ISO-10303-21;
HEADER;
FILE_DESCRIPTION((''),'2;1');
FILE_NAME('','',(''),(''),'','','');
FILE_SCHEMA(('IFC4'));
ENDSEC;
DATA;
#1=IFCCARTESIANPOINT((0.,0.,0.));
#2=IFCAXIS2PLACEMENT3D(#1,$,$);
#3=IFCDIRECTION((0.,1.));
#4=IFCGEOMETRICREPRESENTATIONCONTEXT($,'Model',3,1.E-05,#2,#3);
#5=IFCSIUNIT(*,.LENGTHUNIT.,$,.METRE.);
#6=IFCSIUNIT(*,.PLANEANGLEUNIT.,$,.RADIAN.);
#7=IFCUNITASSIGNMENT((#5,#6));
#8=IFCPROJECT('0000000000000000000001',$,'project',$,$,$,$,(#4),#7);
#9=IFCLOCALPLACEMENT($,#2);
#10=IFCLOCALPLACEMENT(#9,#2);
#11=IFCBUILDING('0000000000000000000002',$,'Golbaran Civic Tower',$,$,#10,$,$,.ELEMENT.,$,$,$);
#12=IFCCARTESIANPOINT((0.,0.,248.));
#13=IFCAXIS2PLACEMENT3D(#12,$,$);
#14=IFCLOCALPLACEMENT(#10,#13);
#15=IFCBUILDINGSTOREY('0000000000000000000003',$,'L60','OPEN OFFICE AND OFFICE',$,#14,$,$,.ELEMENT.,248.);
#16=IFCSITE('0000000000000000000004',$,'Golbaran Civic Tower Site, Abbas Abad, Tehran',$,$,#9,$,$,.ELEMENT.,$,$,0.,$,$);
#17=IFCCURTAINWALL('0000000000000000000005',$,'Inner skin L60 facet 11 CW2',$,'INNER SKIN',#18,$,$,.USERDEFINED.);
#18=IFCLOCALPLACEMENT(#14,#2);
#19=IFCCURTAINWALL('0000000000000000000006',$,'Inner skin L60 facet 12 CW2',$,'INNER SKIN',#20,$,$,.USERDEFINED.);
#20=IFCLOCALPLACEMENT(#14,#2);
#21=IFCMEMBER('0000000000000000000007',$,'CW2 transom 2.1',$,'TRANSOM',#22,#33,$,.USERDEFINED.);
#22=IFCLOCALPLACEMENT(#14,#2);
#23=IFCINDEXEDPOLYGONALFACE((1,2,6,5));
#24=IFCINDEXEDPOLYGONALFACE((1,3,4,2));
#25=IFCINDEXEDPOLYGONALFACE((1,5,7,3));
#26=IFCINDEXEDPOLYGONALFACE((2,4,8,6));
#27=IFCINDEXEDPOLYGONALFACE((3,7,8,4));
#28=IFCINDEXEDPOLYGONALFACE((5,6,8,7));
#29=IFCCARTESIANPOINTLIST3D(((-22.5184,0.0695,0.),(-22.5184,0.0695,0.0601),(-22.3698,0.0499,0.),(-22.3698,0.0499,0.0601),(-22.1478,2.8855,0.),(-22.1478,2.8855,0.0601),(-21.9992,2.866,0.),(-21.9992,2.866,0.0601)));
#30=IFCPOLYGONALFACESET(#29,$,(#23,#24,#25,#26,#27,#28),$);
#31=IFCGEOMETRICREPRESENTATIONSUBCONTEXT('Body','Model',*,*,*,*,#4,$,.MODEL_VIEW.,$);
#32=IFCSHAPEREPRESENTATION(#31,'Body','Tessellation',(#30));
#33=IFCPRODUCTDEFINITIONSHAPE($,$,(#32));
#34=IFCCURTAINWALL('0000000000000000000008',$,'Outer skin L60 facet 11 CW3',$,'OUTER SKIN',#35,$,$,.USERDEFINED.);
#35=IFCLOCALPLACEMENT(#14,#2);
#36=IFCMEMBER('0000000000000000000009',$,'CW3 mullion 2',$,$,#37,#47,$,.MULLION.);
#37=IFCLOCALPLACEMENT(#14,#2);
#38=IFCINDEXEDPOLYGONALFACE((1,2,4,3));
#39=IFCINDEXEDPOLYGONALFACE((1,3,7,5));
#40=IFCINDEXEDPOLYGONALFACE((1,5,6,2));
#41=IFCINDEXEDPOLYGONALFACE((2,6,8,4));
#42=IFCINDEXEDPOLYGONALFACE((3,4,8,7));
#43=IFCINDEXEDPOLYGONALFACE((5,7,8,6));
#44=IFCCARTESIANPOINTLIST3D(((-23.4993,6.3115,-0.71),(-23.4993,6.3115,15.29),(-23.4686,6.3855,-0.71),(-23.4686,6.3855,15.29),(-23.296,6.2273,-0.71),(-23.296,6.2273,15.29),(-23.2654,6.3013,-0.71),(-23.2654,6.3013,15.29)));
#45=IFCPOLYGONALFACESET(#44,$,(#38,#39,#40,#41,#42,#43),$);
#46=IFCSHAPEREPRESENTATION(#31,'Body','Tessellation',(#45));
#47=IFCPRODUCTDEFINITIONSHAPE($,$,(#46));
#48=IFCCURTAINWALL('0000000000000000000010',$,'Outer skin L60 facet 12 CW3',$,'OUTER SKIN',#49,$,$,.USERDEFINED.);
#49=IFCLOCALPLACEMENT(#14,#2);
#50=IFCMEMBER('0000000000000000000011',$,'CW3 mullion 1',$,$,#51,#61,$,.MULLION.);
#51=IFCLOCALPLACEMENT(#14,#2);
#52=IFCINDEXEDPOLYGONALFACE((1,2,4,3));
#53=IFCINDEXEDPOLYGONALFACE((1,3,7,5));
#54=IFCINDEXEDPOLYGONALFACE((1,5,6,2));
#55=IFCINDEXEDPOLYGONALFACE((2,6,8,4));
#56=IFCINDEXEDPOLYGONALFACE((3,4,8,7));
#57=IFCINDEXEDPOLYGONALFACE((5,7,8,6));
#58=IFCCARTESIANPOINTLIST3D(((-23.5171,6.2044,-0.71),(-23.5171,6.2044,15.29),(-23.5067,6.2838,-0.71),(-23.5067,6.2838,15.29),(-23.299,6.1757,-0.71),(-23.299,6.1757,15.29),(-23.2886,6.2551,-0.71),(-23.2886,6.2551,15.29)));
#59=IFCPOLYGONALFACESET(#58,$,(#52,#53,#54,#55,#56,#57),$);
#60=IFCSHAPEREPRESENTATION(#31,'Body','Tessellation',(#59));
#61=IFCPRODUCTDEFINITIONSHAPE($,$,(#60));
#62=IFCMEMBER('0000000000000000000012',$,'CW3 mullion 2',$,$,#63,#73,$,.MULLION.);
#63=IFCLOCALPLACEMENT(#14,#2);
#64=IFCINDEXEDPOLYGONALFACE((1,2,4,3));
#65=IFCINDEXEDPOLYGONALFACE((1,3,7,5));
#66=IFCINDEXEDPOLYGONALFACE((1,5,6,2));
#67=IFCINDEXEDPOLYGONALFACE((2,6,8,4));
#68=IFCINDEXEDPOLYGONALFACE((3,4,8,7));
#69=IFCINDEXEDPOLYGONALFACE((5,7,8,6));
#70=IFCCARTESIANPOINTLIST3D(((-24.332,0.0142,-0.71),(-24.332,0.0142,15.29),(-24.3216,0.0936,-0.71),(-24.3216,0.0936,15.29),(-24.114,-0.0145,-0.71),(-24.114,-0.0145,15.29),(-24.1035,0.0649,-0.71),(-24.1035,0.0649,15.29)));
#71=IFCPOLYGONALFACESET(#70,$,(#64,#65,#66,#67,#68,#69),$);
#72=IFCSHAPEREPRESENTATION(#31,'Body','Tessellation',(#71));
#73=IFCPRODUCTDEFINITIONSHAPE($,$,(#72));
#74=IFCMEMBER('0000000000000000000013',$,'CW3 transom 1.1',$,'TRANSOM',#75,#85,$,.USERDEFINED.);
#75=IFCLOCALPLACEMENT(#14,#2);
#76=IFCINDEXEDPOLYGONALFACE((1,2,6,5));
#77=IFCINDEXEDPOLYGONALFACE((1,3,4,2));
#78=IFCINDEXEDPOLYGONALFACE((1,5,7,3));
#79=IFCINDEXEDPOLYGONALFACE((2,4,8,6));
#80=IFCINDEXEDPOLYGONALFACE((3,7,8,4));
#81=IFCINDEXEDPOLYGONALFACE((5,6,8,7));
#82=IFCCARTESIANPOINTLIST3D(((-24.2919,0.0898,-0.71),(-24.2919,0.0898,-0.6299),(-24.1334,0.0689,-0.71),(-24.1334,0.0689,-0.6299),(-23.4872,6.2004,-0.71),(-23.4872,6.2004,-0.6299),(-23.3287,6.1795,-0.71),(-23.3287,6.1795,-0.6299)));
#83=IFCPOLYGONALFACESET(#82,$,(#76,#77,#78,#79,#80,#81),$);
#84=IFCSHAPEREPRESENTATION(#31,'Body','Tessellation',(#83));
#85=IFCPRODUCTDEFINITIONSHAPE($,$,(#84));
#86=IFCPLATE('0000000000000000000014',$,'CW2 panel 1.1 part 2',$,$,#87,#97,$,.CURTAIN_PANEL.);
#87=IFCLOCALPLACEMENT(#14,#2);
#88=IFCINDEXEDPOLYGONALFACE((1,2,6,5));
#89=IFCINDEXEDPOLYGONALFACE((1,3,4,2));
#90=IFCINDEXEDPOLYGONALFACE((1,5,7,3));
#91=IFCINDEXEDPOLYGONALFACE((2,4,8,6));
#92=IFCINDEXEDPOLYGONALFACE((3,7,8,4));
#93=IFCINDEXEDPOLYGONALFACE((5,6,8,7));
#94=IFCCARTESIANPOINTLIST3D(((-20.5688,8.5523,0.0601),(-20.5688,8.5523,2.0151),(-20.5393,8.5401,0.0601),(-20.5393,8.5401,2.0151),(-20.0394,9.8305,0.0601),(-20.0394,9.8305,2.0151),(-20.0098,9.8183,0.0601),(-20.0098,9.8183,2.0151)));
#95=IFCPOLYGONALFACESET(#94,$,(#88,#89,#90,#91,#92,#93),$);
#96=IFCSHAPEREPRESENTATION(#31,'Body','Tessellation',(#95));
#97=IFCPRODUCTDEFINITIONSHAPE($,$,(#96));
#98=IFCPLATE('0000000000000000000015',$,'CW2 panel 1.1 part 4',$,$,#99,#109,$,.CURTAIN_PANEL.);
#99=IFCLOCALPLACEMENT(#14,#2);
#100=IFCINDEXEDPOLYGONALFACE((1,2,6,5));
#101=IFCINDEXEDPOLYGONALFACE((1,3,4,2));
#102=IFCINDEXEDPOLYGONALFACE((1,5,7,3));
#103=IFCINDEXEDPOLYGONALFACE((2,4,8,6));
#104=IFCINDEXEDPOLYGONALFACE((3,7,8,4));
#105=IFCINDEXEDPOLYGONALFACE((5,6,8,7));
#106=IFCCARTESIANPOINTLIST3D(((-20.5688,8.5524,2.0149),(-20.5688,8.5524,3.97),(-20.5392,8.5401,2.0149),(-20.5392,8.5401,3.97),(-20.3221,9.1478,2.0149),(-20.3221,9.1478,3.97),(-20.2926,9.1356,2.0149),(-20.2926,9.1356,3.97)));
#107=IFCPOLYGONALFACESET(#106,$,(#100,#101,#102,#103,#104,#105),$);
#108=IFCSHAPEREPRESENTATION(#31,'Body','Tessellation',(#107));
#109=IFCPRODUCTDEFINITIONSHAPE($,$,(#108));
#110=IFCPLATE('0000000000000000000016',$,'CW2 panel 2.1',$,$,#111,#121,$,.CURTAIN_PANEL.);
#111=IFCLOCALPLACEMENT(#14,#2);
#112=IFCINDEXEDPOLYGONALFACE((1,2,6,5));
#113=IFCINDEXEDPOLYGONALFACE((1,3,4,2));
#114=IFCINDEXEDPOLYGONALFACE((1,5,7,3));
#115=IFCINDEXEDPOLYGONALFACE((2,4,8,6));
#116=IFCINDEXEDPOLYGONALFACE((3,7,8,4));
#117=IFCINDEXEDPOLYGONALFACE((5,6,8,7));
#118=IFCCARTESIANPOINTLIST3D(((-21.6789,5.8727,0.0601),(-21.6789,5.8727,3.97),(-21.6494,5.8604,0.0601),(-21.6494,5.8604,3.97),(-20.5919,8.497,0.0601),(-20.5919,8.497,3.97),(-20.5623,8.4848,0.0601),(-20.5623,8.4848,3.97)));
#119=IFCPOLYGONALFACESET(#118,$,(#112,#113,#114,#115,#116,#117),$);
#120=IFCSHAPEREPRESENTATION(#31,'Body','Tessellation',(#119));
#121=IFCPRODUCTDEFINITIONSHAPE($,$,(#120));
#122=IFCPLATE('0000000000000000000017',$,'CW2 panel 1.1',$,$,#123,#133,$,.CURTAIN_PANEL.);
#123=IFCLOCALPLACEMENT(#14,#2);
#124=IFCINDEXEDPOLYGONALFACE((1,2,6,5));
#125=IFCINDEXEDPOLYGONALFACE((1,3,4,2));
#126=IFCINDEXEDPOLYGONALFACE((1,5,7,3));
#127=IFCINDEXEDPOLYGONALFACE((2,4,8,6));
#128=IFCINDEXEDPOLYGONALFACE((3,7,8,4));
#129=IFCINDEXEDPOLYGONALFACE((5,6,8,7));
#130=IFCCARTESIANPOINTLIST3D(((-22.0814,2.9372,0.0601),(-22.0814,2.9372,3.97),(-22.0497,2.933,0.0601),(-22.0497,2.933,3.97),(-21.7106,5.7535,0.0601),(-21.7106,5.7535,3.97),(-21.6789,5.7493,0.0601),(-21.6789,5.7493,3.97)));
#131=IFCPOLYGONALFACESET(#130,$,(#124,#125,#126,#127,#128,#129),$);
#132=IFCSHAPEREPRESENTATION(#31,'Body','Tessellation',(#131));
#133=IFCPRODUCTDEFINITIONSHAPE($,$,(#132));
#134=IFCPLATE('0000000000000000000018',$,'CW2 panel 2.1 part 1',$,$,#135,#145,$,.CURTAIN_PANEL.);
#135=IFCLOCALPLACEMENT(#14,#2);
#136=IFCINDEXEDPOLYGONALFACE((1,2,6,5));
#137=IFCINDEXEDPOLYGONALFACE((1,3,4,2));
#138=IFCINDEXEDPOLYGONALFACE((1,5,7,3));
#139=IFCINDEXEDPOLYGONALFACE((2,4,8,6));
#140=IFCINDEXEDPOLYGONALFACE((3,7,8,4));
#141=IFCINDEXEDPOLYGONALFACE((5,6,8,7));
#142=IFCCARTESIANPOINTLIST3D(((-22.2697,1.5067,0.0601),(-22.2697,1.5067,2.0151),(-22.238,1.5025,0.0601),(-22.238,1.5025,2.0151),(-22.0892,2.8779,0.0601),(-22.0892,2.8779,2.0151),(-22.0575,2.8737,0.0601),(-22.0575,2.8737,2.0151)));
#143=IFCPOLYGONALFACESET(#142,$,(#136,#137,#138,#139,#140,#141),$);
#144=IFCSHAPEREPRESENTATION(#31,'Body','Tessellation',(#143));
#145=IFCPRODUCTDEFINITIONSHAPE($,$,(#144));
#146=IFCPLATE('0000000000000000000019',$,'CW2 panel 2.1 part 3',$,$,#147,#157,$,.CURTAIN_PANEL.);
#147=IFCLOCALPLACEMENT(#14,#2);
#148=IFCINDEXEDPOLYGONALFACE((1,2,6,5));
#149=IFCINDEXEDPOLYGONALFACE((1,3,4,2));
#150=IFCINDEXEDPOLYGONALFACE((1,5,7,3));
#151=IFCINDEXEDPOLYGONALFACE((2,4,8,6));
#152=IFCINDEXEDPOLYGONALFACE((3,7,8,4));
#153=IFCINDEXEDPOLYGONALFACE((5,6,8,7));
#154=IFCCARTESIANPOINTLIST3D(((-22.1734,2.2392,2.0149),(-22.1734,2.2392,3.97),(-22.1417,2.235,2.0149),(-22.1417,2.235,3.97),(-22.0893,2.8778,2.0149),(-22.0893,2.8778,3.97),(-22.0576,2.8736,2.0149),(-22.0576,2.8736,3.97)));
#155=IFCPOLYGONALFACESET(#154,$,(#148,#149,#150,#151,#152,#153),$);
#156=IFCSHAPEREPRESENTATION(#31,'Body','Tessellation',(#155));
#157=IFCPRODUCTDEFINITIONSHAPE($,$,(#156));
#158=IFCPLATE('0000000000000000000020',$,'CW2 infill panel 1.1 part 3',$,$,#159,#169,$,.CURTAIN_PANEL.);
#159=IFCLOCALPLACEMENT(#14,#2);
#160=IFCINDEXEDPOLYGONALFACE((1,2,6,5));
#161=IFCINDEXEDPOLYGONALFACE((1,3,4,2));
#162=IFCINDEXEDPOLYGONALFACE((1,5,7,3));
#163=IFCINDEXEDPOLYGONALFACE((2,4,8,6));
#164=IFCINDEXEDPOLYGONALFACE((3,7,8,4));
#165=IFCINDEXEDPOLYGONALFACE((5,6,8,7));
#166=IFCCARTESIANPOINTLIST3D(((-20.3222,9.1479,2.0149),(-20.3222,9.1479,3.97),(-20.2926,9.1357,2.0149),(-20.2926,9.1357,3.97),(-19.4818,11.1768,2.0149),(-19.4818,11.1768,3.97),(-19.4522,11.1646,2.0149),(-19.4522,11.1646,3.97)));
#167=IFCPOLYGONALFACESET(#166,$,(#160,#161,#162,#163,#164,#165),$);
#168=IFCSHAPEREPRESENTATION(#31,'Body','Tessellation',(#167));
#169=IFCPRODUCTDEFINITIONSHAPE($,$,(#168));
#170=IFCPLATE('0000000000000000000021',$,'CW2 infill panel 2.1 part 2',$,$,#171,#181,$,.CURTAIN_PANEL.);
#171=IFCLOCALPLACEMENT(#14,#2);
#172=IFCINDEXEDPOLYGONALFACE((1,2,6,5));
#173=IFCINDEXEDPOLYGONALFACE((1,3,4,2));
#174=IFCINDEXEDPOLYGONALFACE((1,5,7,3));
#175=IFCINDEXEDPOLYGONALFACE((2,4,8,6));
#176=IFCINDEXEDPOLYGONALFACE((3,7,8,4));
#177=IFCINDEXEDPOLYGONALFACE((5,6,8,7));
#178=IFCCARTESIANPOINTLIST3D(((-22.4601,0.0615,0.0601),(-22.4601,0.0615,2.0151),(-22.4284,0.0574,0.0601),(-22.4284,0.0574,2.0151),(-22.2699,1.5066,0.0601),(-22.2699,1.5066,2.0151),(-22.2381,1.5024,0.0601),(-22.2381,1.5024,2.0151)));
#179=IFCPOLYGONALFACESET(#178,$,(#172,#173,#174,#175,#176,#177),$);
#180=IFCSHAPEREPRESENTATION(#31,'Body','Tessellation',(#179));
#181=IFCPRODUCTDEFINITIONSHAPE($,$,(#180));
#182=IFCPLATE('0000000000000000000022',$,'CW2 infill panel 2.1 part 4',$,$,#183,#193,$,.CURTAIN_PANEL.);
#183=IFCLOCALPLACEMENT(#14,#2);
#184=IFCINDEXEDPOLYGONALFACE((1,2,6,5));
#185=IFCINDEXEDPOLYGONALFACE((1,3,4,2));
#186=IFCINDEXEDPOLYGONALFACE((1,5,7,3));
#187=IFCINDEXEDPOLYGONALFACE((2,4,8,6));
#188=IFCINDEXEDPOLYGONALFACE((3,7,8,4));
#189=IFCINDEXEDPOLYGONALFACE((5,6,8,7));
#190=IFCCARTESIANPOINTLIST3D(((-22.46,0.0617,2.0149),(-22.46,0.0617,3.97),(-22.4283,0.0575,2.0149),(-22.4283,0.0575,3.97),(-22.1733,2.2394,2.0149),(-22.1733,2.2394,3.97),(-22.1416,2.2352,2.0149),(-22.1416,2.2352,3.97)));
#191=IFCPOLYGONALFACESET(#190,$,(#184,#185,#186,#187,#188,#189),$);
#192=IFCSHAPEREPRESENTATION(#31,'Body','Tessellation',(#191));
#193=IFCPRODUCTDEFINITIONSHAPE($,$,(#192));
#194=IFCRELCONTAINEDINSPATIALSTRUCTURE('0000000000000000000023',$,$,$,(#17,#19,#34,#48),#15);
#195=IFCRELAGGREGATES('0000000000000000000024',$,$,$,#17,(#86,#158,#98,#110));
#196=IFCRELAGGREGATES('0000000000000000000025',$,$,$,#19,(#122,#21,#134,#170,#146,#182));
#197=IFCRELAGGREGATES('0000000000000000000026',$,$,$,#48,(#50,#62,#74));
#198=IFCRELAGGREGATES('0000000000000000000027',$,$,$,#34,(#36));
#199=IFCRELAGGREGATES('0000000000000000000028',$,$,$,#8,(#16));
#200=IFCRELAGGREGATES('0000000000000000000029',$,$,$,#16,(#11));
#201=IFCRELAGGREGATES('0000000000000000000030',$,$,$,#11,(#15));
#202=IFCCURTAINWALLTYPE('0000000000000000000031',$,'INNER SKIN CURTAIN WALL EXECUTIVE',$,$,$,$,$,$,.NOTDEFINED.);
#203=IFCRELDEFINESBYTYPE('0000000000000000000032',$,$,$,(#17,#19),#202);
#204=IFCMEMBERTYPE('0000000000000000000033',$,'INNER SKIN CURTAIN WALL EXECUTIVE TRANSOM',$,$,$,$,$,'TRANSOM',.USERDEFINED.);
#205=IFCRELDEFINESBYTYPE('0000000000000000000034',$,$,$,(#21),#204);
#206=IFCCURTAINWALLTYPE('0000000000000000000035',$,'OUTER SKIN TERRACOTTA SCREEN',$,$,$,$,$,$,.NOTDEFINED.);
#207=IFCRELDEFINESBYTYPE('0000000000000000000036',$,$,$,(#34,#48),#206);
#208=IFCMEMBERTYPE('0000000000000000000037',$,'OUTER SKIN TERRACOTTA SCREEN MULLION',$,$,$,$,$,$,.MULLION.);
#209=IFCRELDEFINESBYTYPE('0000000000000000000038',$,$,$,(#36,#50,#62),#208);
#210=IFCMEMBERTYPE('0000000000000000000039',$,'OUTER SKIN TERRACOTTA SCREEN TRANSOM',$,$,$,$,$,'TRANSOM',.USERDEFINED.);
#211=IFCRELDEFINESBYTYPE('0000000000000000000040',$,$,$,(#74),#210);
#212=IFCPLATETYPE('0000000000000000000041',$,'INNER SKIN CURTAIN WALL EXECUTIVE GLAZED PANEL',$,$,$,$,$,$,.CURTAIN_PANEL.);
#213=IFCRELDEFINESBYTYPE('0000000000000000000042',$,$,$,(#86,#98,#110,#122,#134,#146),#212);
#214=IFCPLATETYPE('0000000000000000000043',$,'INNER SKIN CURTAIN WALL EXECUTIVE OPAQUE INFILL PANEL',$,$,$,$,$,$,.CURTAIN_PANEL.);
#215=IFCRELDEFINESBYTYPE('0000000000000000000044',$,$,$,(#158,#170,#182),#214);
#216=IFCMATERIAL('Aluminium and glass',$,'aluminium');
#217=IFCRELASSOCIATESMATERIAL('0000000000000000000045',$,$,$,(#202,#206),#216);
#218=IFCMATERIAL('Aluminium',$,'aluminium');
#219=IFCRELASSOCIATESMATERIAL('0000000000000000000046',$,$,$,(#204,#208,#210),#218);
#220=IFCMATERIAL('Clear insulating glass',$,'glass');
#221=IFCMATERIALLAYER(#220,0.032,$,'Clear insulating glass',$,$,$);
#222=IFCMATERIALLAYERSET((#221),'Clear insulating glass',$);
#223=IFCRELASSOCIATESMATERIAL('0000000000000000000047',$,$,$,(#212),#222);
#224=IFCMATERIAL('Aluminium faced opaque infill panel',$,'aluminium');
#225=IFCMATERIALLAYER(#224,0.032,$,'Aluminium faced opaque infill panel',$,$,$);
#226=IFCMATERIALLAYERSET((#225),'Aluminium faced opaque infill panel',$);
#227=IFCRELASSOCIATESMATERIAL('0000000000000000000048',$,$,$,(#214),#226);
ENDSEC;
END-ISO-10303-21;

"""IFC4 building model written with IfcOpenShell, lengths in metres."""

from ifc_helpers import new_model, si_unit, direction, frame, origin, origin_2d, place, context, subcontext, project, spatial, rectangle, extrude, material, layer, layer_set, material_profile, profile_set, type_object, element, aggregate, save


model = new_model("IFC4")

# Units and contexts
model_context = context("Model", 3, precision=1e-05, world=origin(), true_north=direction((0.0, 1.0)))
body_context = subcontext(model_context, "Body", "Model", "MODEL_VIEW")
ifc_project = project(units=[si_unit("LENGTHUNIT", "METRE"), si_unit("PLANEANGLEUNIT", "RADIAN")], contexts=[model_context])

# Site, building, storey
site_placement = place(None, origin())
site = spatial("IfcSite", under=ifc_project, at=site_placement, Name="Golbaran Civic Tower Site, Abbas Abad, Tehran", CompositionType="ELEMENT", RefElevation=0.0)
building_placement = place(site_placement, origin())
building = spatial("IfcBuilding", under=site, at=building_placement, Name="Golbaran Civic Tower", CompositionType="ELEMENT")
storey_placement = place(building_placement, frame((0.0, 0.0, 248.0)))
storey = spatial("IfcBuildingStorey", under=building, at=storey_placement, Name="L60", Description="OPEN OFFICE AND OFFICE", CompositionType="ELEMENT", Elevation=248.0)

# Curtain walls
ifc_material_1 = material(Name="Aluminium and glass", Category="aluminium")
curtain_wall_type_1 = type_object("IfcCurtainWallType", Name="INNER SKIN CURTAIN WALL EXECUTIVE", PredefinedType="NOTDEFINED", material=ifc_material_1)
curtain_wall_1_placement = place(storey_placement, origin())
curtain_wall_1 = element("IfcCurtainWall", 1, at=curtain_wall_1_placement, inside=storey, type_object=curtain_wall_type_1, Name="Inner skin L60 facet 11 CW2", ObjectType="INNER SKIN", PredefinedType="USERDEFINED")
ifc_material_2 = material(Name="Aluminium", Category="aluminium")
curtain_wall_2_placement = place(storey_placement, origin())
curtain_wall_2 = element("IfcCurtainWall", 2, at=curtain_wall_2_placement, inside=storey, type_object=curtain_wall_type_1, Name="Inner skin L60 facet 12 CW2", ObjectType="INNER SKIN", PredefinedType="USERDEFINED")

# Member
ifc_material_profile_1 = material_profile(ifc_material_2, rectangle(XDim=0.1499, YDim=0.0601, at=origin_2d()), Name="INNER SKIN CURTAIN WALL EXECUTIVE TRANSOM")
ifc_profile_set_1 = profile_set([ifc_material_profile_1], Name="Aluminium")
member_type_1 = type_object("IfcMemberType", Name="INNER SKIN CURTAIN WALL EXECUTIVE TRANSOM", ElementType="TRANSOM", PredefinedType="USERDEFINED", material=ifc_profile_set_1)
member_1_placement = place(storey_placement, frame((-22.0735, 2.8757, 0.03), z_axis=(-0.130475, -0.991452, 0.0), x_axis=(0.991452, -0.130475, 0.0)))
member_1 = element("IfcMember", 3, at=member_1_placement, type_object=member_type_1, Name="CW2 transom 2.1", ObjectType="TRANSOM", PredefinedType="USERDEFINED", context=body_context, shape_type="SweptSolid", body=[
    extrude(rectangle(XDim=0.1499, YDim=0.0601, at=origin_2d()), origin(), (0.0, 0.0, 1.0), 2.8403),
])

# Curtain wall, member
curtain_wall_type_2 = type_object("IfcCurtainWallType", Name="OUTER SKIN TERRACOTTA SCREEN", PredefinedType="NOTDEFINED", material=ifc_material_1)
curtain_wall_3_placement = place(storey_placement, origin())
curtain_wall_3 = element("IfcCurtainWall", 4, at=curtain_wall_3_placement, inside=storey, type_object=curtain_wall_type_2, Name="Outer skin L60 facet 11 CW3", ObjectType="OUTER SKIN", PredefinedType="USERDEFINED")
ifc_material_profile_2 = material_profile(ifc_material_2, rectangle(XDim=0.22, YDim=0.0801, at=origin_2d()), Name="OUTER SKIN TERRACOTTA SCREEN MULLION")
ifc_profile_set_2 = profile_set([ifc_material_profile_2], Name="Aluminium")
member_type_2 = type_object("IfcMemberType", Name="OUTER SKIN TERRACOTTA SCREEN MULLION", PredefinedType="MULLION", material=ifc_profile_set_2)
member_2_placement = place(storey_placement, frame((-23.3823, 6.3064, -0.71), z_axis=(0.0, 0.0, 1.0), x_axis=(0.92388, -0.382683, 0.0)))
member_2 = element("IfcMember", 5, at=member_2_placement, type_object=member_type_2, Name="CW3 mullion 2", PredefinedType="MULLION", context=body_context, shape_type="SweptSolid", body=[
    extrude(rectangle(XDim=0.22, YDim=0.0801, at=origin_2d()), origin(), (0.0, 0.0, 1.0), 16.0),
])

# Curtain wall, members
curtain_wall_4_placement = place(storey_placement, origin())
curtain_wall_4 = element("IfcCurtainWall", 6, at=curtain_wall_4_placement, inside=storey, type_object=curtain_wall_type_2, Name="Outer skin L60 facet 12 CW3", ObjectType="OUTER SKIN", PredefinedType="USERDEFINED")
member_3_placement = place(storey_placement, frame((-23.4028, 6.2297, -0.71), z_axis=(0.0, 0.0, 1.0), x_axis=(0.991445, -0.130526, 0.0)))
member_3 = element("IfcMember", 7, at=member_3_placement, type_object=member_type_2, Name="CW3 mullion 1", PredefinedType="MULLION", context=body_context, shape_type="SweptSolid", body=[
    extrude(rectangle(XDim=0.22, YDim=0.0801, at=origin_2d()), origin(), (0.0, 0.0, 1.0), 16.0),
])
member_4_placement = place(storey_placement, frame((-24.2178, 0.0396, -0.71), z_axis=(0.0, 0.0, 1.0), x_axis=(0.991445, -0.130526, 0.0)))
member_4 = element("IfcMember", 8, at=member_4_placement, type_object=member_type_2, Name="CW3 mullion 2", PredefinedType="MULLION", context=body_context, shape_type="SweptSolid", body=[
    extrude(rectangle(XDim=0.22, YDim=0.0801, at=origin_2d()), origin(), (0.0, 0.0, 1.0), 16.0),
])
ifc_material_profile_3 = material_profile(ifc_material_2, rectangle(XDim=0.1599, YDim=0.0801, at=origin_2d()), Name="OUTER SKIN TERRACOTTA SCREEN TRANSOM")
ifc_profile_set_3 = profile_set([ifc_material_profile_3], Name="Aluminium")
member_type_3 = type_object("IfcMemberType", Name="OUTER SKIN TERRACOTTA SCREEN TRANSOM", ElementType="TRANSOM", PredefinedType="USERDEFINED", material=ifc_profile_set_3)
member_5_placement = place(storey_placement, frame((-23.408, 6.1899, -0.6699), z_axis=(-0.13056, -0.99144, 0.0), x_axis=(0.99144, -0.13056, 0.0)))
member_5 = element("IfcMember", 9, at=member_5_placement, type_object=member_type_3, Name="CW3 transom 1.1", ObjectType="TRANSOM", PredefinedType="USERDEFINED", context=body_context, shape_type="SweptSolid", body=[
    extrude(rectangle(XDim=0.1599, YDim=0.0801, at=origin_2d()), origin(), (0.0, 0.0, 1.0), 6.1633),
])

# Plates
ifc_material_3 = material(Name="Clear insulating glass", Category="glass")
ifc_layer_1 = layer(ifc_material_3, 0.032, Name="Clear insulating glass")
ifc_layer_set_1 = layer_set([ifc_layer_1], Name="Clear insulating glass")
plate_type_1 = type_object("IfcPlateType", Name="INNER SKIN CURTAIN WALL EXECUTIVE GLAZED PANEL", PredefinedType="CURTAIN_PANEL", material=ifc_layer_set_1)
plate_1_placement = place(storey_placement, frame((-20.2893, 9.1853, 0.0601), z_axis=(0.0, 0.0, 1.0), x_axis=(-0.382683, -0.92388, 0.0)))
plate_1 = element("IfcPlate", 10, at=plate_1_placement, type_object=plate_type_1, Name="CW2 panel 1.1 part 2", PredefinedType="CURTAIN_PANEL", context=body_context, shape_type="SweptSolid", body=[
    extrude(rectangle(XDim=1.3835, YDim=0.032, at=origin_2d()), origin(), (0.0, 0.0, 1.0), 1.9551),
])
plate_2_placement = place(storey_placement, frame((-20.4307, 8.844, 2.0149), z_axis=(0.0, 0.0, 1.0), x_axis=(-0.382683, -0.92388, 0.0)))
plate_2 = element("IfcPlate", 11, at=plate_2_placement, type_object=plate_type_1, Name="CW2 panel 1.1 part 4", PredefinedType="CURTAIN_PANEL", context=body_context, shape_type="SweptSolid", body=[
    extrude(rectangle(XDim=0.6445, YDim=0.032, at=origin_2d()), origin(), (0.0, 0.0, 1.0), 1.9551),
])
plate_3_placement = place(storey_placement, frame((-21.1206, 7.1787, 0.0601), z_axis=(0.0, 0.0, 1.0), x_axis=(-0.382683, -0.92388, 0.0)))
plate_3 = element("IfcPlate", 12, at=plate_3_placement, type_object=plate_type_1, Name="CW2 panel 2.1", PredefinedType="CURTAIN_PANEL", context=body_context, shape_type="SweptSolid", body=[
    extrude(rectangle(XDim=2.8406, YDim=0.032, at=origin_2d()), origin(), (0.0, 0.0, 1.0), 3.9099),
])
plate_4_placement = place(storey_placement, frame((-21.8801, 4.3433, 0.0601), z_axis=(0.0, 0.0, 1.0), x_axis=(-0.130526, -0.991445, 0.0)))
plate_4 = element("IfcPlate", 13, at=plate_4_placement, type_object=plate_type_1, Name="CW2 panel 1.1", PredefinedType="CURTAIN_PANEL", context=body_context, shape_type="SweptSolid", body=[
    extrude(rectangle(XDim=2.8406, YDim=0.032, at=origin_2d()), origin(), (0.0, 0.0, 1.0), 3.9099),
])
plate_5_placement = place(storey_placement, frame((-22.1636, 2.1902, 0.0601), z_axis=(0.0, 0.0, 1.0), x_axis=(-0.130526, -0.991445, 0.0)))
plate_5 = element("IfcPlate", 14, at=plate_5_placement, type_object=plate_type_1, Name="CW2 panel 2.1 part 1", PredefinedType="CURTAIN_PANEL", context=body_context, shape_type="SweptSolid", body=[
    extrude(rectangle(XDim=1.3831, YDim=0.032, at=origin_2d()), origin(), (0.0, 0.0, 1.0), 1.9551),
])
plate_6_placement = place(storey_placement, frame((-22.1155, 2.5564, 2.0149), z_axis=(0.0, 0.0, 1.0), x_axis=(-0.130526, -0.991445, 0.0)))
plate_6 = element("IfcPlate", 15, at=plate_6_placement, type_object=plate_type_1, Name="CW2 panel 2.1 part 3", PredefinedType="CURTAIN_PANEL", context=body_context, shape_type="SweptSolid", body=[
    extrude(rectangle(XDim=0.644, YDim=0.032, at=origin_2d()), origin(), (0.0, 0.0, 1.0), 1.9551),
])
ifc_material_4 = material(Name="Aluminium faced opaque infill panel", Category="aluminium")
ifc_layer_2 = layer(ifc_material_4, 0.032, Name="Aluminium faced opaque infill panel")
ifc_layer_set_2 = layer_set([ifc_layer_2], Name="Aluminium faced opaque infill panel")
plate_type_2 = type_object("IfcPlateType", Name="INNER SKIN CURTAIN WALL EXECUTIVE OPAQUE INFILL PANEL", PredefinedType="CURTAIN_PANEL", material=ifc_layer_set_2)
plate_7_placement = place(storey_placement, frame((-19.8872, 10.1562, 2.0149), z_axis=(0.0, 0.0, 1.0), x_axis=(-0.382683, -0.92388, 0.0)))
plate_7 = element("IfcPlate", 16, at=plate_7_placement, type_object=plate_type_2, Name="CW2 infill panel 1.1 part 3", PredefinedType="CURTAIN_PANEL", context=body_context, shape_type="SweptSolid", body=[
    extrude(rectangle(XDim=2.196, YDim=0.032, at=origin_2d()), origin(), (0.0, 0.0, 1.0), 1.9551),
])
aggregate(curtain_wall_1, [plate_1, plate_7, plate_2, plate_3])
plate_8_placement = place(storey_placement, frame((-22.3491, 0.782, 0.0601), z_axis=(0.0, 0.0, 1.0), x_axis=(-0.130526, -0.991445, 0.0)))
plate_8 = element("IfcPlate", 17, at=plate_8_placement, type_object=plate_type_2, Name="CW2 infill panel 2.1 part 2", PredefinedType="CURTAIN_PANEL", context=body_context, shape_type="SweptSolid", body=[
    extrude(rectangle(XDim=1.4575, YDim=0.032, at=origin_2d()), origin(), (0.0, 0.0, 1.0), 1.9551),
])
plate_9_placement = place(storey_placement, frame((-22.3008, 1.1484, 2.0149), z_axis=(0.0, 0.0, 1.0), x_axis=(-0.130526, -0.991445, 0.0)))
plate_9 = element("IfcPlate", 18, at=plate_9_placement, type_object=plate_type_2, Name="CW2 infill panel 2.1 part 4", PredefinedType="CURTAIN_PANEL", context=body_context, shape_type="SweptSolid", body=[
    extrude(rectangle(XDim=2.1965, YDim=0.032, at=origin_2d()), origin(), (0.0, 0.0, 1.0), 1.9551),
])
aggregate(curtain_wall_2, [plate_4, member_1, plate_5, plate_8, plate_6, plate_9])
aggregate(curtain_wall_4, [member_3, member_4, member_5])
aggregate(curtain_wall_3, [member_2])

save(model, "model.ifc")
